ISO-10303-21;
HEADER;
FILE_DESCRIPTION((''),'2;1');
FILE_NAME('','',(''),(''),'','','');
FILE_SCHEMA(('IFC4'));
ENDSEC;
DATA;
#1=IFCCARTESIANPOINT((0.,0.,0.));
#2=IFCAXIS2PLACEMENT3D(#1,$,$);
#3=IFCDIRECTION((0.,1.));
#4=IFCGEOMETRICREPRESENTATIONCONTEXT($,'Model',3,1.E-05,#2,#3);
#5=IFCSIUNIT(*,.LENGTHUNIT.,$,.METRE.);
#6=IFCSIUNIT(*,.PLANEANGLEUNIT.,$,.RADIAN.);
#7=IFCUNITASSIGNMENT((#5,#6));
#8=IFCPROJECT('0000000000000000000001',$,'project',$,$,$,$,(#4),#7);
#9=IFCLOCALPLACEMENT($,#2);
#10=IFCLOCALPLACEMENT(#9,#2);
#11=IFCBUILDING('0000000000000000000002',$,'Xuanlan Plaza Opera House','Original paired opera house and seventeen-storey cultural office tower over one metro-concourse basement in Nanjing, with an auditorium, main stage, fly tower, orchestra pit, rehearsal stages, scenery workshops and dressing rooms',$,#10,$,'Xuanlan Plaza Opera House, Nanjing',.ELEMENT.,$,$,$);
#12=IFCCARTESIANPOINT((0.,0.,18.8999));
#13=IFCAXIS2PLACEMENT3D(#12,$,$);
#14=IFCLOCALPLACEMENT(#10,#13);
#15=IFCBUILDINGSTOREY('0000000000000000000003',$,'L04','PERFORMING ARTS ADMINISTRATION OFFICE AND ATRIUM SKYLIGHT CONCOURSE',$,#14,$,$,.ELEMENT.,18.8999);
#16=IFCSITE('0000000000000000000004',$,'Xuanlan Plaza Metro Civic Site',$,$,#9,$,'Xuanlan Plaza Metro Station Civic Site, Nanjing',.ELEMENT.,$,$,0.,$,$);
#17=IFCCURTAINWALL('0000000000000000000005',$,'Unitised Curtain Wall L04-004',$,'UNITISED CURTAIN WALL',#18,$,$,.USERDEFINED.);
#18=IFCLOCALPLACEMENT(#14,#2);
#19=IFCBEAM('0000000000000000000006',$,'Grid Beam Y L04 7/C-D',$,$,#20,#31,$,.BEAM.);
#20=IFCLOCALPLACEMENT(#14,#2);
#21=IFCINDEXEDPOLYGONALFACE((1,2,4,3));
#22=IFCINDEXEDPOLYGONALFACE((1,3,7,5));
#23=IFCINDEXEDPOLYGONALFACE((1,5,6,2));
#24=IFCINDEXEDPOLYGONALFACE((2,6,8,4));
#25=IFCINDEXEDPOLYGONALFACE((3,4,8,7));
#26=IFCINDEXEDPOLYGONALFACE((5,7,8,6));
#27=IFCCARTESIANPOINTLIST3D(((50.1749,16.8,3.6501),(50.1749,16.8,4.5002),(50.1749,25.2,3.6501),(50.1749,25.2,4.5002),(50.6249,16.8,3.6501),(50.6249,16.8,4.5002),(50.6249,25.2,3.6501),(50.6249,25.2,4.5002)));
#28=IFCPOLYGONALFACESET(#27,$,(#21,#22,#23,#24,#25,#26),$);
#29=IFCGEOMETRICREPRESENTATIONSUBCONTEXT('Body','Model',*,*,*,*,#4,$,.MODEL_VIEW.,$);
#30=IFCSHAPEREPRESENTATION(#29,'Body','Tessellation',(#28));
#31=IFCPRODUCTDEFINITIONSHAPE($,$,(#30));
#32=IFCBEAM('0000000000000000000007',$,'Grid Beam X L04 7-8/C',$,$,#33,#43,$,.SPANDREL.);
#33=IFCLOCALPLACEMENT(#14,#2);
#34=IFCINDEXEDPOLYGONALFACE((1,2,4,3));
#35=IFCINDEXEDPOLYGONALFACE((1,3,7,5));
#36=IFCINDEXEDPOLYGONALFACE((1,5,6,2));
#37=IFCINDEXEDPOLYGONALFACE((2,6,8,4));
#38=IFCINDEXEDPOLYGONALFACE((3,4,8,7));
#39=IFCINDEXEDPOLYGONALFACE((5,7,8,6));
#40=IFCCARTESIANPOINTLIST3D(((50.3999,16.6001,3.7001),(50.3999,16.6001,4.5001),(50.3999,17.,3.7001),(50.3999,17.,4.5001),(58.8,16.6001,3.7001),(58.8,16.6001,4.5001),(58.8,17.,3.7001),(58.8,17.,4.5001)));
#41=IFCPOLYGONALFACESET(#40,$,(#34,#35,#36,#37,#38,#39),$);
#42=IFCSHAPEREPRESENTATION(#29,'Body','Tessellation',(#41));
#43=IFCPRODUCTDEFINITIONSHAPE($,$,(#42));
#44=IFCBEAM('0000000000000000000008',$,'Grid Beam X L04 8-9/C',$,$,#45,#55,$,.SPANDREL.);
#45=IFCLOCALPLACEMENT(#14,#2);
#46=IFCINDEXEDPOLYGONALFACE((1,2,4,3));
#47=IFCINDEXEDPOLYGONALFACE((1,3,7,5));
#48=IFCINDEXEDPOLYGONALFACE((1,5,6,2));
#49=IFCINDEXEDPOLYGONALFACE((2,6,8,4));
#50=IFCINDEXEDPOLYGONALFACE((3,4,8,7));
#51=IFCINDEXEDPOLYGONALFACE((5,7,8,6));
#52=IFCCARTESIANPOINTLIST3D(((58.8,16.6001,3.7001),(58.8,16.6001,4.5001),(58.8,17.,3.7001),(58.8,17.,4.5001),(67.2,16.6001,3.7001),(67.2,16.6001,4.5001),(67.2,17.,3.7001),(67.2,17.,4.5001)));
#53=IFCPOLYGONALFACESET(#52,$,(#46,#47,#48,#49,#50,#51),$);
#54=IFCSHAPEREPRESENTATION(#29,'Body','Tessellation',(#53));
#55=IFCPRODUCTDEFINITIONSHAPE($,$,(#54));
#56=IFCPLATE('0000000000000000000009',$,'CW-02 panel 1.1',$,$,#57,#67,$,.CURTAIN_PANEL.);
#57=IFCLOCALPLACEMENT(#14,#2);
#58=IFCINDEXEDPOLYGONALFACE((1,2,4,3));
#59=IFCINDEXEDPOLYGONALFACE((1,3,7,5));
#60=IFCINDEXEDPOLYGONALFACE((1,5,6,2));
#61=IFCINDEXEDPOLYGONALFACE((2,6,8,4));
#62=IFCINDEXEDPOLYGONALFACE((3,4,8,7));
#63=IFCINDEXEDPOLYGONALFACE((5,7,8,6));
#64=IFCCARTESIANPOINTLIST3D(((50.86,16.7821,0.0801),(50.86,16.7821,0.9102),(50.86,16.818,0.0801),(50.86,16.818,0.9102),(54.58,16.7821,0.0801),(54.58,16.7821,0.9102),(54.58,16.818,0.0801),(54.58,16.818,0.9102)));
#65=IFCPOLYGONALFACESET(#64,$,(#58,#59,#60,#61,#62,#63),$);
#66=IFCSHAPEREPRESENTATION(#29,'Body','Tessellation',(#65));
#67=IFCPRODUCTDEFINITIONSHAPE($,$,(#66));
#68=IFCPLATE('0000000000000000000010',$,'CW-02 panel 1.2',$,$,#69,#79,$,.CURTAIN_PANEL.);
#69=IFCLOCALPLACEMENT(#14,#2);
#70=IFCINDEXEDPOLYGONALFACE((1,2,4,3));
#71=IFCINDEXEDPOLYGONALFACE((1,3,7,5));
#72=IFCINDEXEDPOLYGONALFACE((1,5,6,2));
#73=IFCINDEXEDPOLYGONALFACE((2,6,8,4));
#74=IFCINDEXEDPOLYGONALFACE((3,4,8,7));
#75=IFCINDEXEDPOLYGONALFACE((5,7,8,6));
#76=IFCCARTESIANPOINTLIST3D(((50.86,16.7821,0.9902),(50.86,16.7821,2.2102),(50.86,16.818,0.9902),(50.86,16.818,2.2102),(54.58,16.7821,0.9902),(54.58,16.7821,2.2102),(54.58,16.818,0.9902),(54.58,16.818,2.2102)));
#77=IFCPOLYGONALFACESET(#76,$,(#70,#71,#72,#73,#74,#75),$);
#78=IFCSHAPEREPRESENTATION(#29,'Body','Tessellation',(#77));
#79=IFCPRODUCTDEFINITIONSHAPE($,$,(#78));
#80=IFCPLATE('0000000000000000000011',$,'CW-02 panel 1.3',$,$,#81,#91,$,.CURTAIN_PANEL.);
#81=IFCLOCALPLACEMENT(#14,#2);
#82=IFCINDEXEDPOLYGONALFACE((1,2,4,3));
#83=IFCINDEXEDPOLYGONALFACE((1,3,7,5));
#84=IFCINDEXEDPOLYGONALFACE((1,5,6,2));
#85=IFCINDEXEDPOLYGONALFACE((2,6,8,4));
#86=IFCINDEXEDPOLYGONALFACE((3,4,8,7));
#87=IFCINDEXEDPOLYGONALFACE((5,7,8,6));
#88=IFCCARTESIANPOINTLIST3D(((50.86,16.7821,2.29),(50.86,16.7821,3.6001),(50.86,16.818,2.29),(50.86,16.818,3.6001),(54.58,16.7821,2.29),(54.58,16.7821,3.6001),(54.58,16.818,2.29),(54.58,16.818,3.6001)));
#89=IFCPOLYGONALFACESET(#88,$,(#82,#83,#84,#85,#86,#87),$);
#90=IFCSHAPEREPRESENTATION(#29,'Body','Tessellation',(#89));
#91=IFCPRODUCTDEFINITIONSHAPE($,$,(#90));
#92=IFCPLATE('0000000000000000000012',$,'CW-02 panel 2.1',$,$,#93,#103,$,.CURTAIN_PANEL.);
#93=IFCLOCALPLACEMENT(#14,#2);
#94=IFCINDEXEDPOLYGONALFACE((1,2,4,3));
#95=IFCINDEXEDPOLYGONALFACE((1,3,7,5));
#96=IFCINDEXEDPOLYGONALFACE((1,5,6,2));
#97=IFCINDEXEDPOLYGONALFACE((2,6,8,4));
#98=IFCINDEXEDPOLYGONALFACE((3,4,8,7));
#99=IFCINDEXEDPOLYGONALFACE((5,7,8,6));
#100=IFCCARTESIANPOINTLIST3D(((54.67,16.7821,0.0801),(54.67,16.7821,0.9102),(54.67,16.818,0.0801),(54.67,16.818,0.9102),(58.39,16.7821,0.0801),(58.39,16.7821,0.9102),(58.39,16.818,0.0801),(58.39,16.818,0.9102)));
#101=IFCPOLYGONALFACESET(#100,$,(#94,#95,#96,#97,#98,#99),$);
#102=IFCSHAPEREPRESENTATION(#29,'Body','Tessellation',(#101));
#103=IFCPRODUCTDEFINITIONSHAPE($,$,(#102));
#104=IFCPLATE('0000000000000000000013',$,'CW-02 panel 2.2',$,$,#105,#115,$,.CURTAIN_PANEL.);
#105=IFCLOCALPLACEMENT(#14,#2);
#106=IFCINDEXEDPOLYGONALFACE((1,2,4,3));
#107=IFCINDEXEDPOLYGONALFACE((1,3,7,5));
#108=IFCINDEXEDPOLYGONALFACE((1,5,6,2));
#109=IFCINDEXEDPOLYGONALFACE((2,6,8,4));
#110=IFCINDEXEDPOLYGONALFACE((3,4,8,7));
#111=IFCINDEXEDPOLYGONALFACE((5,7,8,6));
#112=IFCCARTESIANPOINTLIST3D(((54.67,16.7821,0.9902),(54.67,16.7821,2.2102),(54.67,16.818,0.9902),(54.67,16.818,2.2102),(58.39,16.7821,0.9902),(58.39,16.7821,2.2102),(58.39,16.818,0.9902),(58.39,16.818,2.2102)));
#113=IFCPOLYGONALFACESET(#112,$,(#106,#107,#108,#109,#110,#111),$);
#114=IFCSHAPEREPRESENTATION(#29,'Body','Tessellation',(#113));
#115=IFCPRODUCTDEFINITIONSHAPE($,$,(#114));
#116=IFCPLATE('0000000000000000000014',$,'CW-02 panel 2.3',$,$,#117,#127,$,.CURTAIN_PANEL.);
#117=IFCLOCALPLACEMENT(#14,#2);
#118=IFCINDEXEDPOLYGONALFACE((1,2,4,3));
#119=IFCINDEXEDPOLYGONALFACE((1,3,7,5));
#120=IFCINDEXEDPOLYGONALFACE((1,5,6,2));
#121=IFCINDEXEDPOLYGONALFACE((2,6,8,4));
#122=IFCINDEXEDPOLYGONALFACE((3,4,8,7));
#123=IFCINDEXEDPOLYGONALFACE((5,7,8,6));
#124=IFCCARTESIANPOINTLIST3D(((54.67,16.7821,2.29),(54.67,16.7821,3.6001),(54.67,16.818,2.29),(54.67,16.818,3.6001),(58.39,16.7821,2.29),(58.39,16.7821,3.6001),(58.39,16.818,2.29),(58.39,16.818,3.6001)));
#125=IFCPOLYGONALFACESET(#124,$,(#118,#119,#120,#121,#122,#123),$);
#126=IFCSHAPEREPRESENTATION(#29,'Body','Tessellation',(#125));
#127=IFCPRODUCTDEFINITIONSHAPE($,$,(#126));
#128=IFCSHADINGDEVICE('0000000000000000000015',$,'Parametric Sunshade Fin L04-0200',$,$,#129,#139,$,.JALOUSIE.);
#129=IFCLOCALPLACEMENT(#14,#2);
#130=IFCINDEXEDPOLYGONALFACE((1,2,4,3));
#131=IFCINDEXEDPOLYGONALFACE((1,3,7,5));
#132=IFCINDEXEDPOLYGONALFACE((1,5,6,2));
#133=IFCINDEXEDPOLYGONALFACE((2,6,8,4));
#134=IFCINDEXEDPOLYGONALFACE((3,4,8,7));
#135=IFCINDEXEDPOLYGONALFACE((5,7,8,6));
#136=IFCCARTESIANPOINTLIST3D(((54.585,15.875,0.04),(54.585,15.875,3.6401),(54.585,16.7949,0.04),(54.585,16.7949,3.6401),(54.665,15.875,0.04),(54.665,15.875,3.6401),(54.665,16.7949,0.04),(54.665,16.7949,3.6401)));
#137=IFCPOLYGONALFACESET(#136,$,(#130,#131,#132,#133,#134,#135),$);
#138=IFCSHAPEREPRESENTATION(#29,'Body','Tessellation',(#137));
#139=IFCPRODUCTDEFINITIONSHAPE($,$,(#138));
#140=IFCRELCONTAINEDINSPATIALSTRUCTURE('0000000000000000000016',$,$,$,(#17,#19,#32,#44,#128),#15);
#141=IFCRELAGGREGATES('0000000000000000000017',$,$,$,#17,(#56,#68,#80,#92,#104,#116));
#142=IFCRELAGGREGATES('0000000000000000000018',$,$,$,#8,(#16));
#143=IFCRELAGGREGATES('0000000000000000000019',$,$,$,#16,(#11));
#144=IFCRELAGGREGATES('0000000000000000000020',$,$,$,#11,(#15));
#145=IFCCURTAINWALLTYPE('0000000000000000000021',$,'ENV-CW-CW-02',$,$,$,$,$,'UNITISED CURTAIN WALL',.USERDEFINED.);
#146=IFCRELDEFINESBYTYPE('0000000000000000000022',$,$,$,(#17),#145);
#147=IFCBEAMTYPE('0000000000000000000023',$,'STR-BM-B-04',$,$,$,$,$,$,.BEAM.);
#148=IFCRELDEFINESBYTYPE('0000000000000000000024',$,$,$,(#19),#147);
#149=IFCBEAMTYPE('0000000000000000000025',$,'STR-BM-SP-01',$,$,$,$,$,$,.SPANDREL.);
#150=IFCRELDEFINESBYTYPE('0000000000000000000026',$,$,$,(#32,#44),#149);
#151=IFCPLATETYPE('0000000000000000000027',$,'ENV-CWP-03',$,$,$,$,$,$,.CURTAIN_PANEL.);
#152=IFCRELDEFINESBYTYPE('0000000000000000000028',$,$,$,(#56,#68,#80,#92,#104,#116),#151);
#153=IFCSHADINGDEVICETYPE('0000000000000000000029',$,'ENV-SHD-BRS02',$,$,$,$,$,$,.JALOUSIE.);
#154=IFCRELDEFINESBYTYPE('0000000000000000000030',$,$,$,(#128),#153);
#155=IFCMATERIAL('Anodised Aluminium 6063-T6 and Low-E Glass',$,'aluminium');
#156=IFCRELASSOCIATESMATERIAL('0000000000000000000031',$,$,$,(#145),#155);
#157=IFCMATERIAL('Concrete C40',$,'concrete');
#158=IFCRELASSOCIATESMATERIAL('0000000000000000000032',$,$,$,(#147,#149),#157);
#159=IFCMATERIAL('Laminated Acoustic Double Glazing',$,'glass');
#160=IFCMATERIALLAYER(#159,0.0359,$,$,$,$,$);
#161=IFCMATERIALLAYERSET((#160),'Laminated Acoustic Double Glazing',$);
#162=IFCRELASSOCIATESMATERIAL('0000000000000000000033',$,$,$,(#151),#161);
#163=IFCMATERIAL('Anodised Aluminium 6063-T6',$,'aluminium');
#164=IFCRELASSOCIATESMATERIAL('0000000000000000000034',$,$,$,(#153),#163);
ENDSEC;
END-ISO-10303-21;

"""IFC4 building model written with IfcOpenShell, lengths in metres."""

from ifc_helpers import new_model, si_unit, direction, frame, origin, origin_2d, place, context, subcontext, project, spatial, rectangle, extrude, material, layer, layer_set, material_profile, profile_set, type_object, element, aggregate, save


model = new_model("IFC4")

# Units and contexts
model_context = context("Model", 3, precision=1e-05, world=origin(), true_north=direction((0.0, 1.0)))
body_context = subcontext(model_context, "Body", "Model", "MODEL_VIEW")
ifc_project = project(units=[si_unit("LENGTHUNIT", "METRE"), si_unit("PLANEANGLEUNIT", "RADIAN")], contexts=[model_context])

# Site, building, storey
site_placement = place(None, origin())
site = spatial("IfcSite", under=ifc_project, at=site_placement, Name="Xuanlan Plaza Metro Civic Site", LongName="Xuanlan Plaza Metro Station Civic Site, Nanjing", CompositionType="ELEMENT", RefElevation=0.0)
building_placement = place(site_placement, origin())
building = spatial("IfcBuilding", under=site, at=building_placement, Name="Xuanlan Plaza Opera House", Description="Original paired opera house and seventeen-storey cultural office tower over one metro-concourse basement in Nanjing, with an auditorium, main stage, fly tower, orchestra pit, rehearsal stages, scenery workshops and dressing rooms", LongName="Xuanlan Plaza Opera House, Nanjing", CompositionType="ELEMENT")
storey_placement = place(building_placement, frame((0.0, 0.0, 18.8999)))
storey = spatial("IfcBuildingStorey", under=building, at=storey_placement, Name="L04", Description="PERFORMING ARTS ADMINISTRATION OFFICE AND ATRIUM SKYLIGHT CONCOURSE", CompositionType="ELEMENT", Elevation=18.8999)

# Shared definitions
ifc_material_1 = material(Name="Concrete C40", Category="concrete")

# Shared definitions
ifc_material_2 = material(Name="Anodised Aluminium 6063-T6 and Low-E Glass", Category="aluminium")
ifc_material_3 = material(Name="Anodised Aluminium 6063-T6", Category="aluminium")

# Curtain wall
curtain_wall_type_1 = type_object("IfcCurtainWallType", Name="ENV-CW-CW-02", ElementType="UNITISED CURTAIN WALL", PredefinedType="USERDEFINED", material=ifc_material_2)
curtain_wall_1_placement = place(storey_placement, origin())
curtain_wall_1 = element("IfcCurtainWall", 1, at=curtain_wall_1_placement, inside=storey, type_object=curtain_wall_type_1, Name="Unitised Curtain Wall L04-004", ObjectType="UNITISED CURTAIN WALL", PredefinedType="USERDEFINED")

# Beams
ifc_material_profile_1 = material_profile(ifc_material_1, rectangle(XDim=0.45, YDim=0.8501, at=origin_2d()), Name="RC-BM 450x850")
ifc_profile_set_1 = profile_set([ifc_material_profile_1], Name="Concrete C40")
beam_type_1 = type_object("IfcBeamType", Name="STR-BM-B-04", PredefinedType="BEAM", material=ifc_profile_set_1)
beam_1_placement = place(storey_placement, frame((50.3999, 16.8, 4.0752), z_axis=(0.0, 1.0, 0.0), x_axis=(-1.0, 0.0, 0.0)))
element("IfcBeam", 2, at=beam_1_placement, inside=storey, type_object=beam_type_1, Name="Grid Beam Y L04 7/C-D", PredefinedType="BEAM", context=body_context, shape_type="SweptSolid", body=[
    extrude(rectangle(XDim=0.45, YDim=0.8501, at=origin_2d()), origin(), (0.0, 0.0, 1.0), 8.3999),
])
ifc_material_profile_2 = material_profile(ifc_material_1, rectangle(XDim=0.3999, YDim=0.8, at=origin_2d()), Name="RC-SPD 400x800")
ifc_profile_set_2 = profile_set([ifc_material_profile_2], Name="Concrete C40")
beam_type_2 = type_object("IfcBeamType", Name="STR-BM-SP-01", PredefinedType="SPANDREL", material=ifc_profile_set_2)
beam_2_placement = place(storey_placement, frame((50.3999, 16.8, 4.1001), z_axis=(1.0, 0.0, 0.0), x_axis=(0.0, 1.0, 0.0)))
element("IfcBeam", 3, at=beam_2_placement, inside=storey, type_object=beam_type_2, Name="Grid Beam X L04 7-8/C", PredefinedType="SPANDREL", context=body_context, shape_type="SweptSolid", body=[
    extrude(rectangle(XDim=0.3999, YDim=0.8, at=origin_2d()), origin(), (0.0, 0.0, 1.0), 8.4001),
])
beam_3_placement = place(storey_placement, frame((58.8, 16.8, 4.1001), z_axis=(1.0, 0.0, 0.0), x_axis=(0.0, 1.0, 0.0)))
element("IfcBeam", 4, at=beam_3_placement, inside=storey, type_object=beam_type_2, Name="Grid Beam X L04 8-9/C", PredefinedType="SPANDREL", context=body_context, shape_type="SweptSolid", body=[
    extrude(rectangle(XDim=0.3999, YDim=0.8, at=origin_2d()), origin(), (0.0, 0.0, 1.0), 8.3999),
])

# Plates
ifc_material_4 = material(Name="Laminated Acoustic Double Glazing", Category="glass")
ifc_layer = layer(ifc_material_4, 0.0359)
ifc_layer_set = layer_set([ifc_layer], Name="Laminated Acoustic Double Glazing")
plate_type = type_object("IfcPlateType", Name="ENV-CWP-03", PredefinedType="CURTAIN_PANEL", material=ifc_layer_set)
plate_1_placement = place(storey_placement, frame((52.72, 16.8, 0.0801), z_axis=(0.0, 0.0, 1.0), x_axis=(1.0, 0.0, 0.0)))
plate_1 = element("IfcPlate", 5, at=plate_1_placement, type_object=plate_type, Name="CW-02 panel 1.1", PredefinedType="CURTAIN_PANEL", context=body_context, shape_type="SweptSolid", body=[
    extrude(rectangle(XDim=3.72, YDim=0.0359, at=origin_2d()), origin(), (0.0, 0.0, 1.0), 0.8301),
])
plate_2_placement = place(storey_placement, frame((52.72, 16.8, 0.9902), z_axis=(0.0, 0.0, 1.0), x_axis=(1.0, 0.0, 0.0)))
plate_2 = element("IfcPlate", 6, at=plate_2_placement, type_object=plate_type, Name="CW-02 panel 1.2", PredefinedType="CURTAIN_PANEL", context=body_context, shape_type="SweptSolid", body=[
    extrude(rectangle(XDim=3.72, YDim=0.0359, at=origin_2d()), origin(), (0.0, 0.0, 1.0), 1.22),
])
plate_3_placement = place(storey_placement, frame((52.72, 16.8, 2.29), z_axis=(0.0, 0.0, 1.0), x_axis=(1.0, 0.0, 0.0)))
plate_3 = element("IfcPlate", 7, at=plate_3_placement, type_object=plate_type, Name="CW-02 panel 1.3", PredefinedType="CURTAIN_PANEL", context=body_context, shape_type="SweptSolid", body=[
    extrude(rectangle(XDim=3.72, YDim=0.0359, at=origin_2d()), origin(), (0.0, 0.0, 1.0), 1.3101),
])
plate_4_placement = place(storey_placement, frame((56.53, 16.8, 0.0801), z_axis=(0.0, 0.0, 1.0), x_axis=(1.0, 0.0, 0.0)))
plate_4 = element("IfcPlate", 8, at=plate_4_placement, type_object=plate_type, Name="CW-02 panel 2.1", PredefinedType="CURTAIN_PANEL", context=body_context, shape_type="SweptSolid", body=[
    extrude(rectangle(XDim=3.72, YDim=0.0359, at=origin_2d()), origin(), (0.0, 0.0, 1.0), 0.8301),
])
plate_5_placement = place(storey_placement, frame((56.53, 16.8, 0.9902), z_axis=(0.0, 0.0, 1.0), x_axis=(1.0, 0.0, 0.0)))
plate_5 = element("IfcPlate", 9, at=plate_5_placement, type_object=plate_type, Name="CW-02 panel 2.2", PredefinedType="CURTAIN_PANEL", context=body_context, shape_type="SweptSolid", body=[
    extrude(rectangle(XDim=3.72, YDim=0.0359, at=origin_2d()), origin(), (0.0, 0.0, 1.0), 1.22),
])
plate_6_placement = place(storey_placement, frame((56.53, 16.8, 2.29), z_axis=(0.0, 0.0, 1.0), x_axis=(1.0, 0.0, 0.0)))
plate_6 = element("IfcPlate", 10, at=plate_6_placement, type_object=plate_type, Name="CW-02 panel 2.3", PredefinedType="CURTAIN_PANEL", context=body_context, shape_type="SweptSolid", body=[
    extrude(rectangle(XDim=3.72, YDim=0.0359, at=origin_2d()), origin(), (0.0, 0.0, 1.0), 1.3101),
])
aggregate(curtain_wall_1, [plate_1, plate_2, plate_3, plate_4, plate_5, plate_6])

# Shading device
shading_device_type = type_object("IfcShadingDeviceType", Name="ENV-SHD-BRS02", PredefinedType="JALOUSIE", material=ifc_material_3)
shading_device_placement = place(storey_placement, frame((54.625, 16.335, 0.04), z_axis=(0.0, 0.0, 1.0), x_axis=(0.0, -1.0, 0.0)))
element("IfcShadingDevice", 11, at=shading_device_placement, inside=storey, type_object=shading_device_type, Name="Parametric Sunshade Fin L04-0200", PredefinedType="JALOUSIE", context=body_context, shape_type="SweptSolid", body=[
    extrude(rectangle(XDim=0.9199, YDim=0.0801, at=origin_2d()), origin(), (0.0, 0.0, 1.0), 3.6001),
])

save(model, "model.ifc")
